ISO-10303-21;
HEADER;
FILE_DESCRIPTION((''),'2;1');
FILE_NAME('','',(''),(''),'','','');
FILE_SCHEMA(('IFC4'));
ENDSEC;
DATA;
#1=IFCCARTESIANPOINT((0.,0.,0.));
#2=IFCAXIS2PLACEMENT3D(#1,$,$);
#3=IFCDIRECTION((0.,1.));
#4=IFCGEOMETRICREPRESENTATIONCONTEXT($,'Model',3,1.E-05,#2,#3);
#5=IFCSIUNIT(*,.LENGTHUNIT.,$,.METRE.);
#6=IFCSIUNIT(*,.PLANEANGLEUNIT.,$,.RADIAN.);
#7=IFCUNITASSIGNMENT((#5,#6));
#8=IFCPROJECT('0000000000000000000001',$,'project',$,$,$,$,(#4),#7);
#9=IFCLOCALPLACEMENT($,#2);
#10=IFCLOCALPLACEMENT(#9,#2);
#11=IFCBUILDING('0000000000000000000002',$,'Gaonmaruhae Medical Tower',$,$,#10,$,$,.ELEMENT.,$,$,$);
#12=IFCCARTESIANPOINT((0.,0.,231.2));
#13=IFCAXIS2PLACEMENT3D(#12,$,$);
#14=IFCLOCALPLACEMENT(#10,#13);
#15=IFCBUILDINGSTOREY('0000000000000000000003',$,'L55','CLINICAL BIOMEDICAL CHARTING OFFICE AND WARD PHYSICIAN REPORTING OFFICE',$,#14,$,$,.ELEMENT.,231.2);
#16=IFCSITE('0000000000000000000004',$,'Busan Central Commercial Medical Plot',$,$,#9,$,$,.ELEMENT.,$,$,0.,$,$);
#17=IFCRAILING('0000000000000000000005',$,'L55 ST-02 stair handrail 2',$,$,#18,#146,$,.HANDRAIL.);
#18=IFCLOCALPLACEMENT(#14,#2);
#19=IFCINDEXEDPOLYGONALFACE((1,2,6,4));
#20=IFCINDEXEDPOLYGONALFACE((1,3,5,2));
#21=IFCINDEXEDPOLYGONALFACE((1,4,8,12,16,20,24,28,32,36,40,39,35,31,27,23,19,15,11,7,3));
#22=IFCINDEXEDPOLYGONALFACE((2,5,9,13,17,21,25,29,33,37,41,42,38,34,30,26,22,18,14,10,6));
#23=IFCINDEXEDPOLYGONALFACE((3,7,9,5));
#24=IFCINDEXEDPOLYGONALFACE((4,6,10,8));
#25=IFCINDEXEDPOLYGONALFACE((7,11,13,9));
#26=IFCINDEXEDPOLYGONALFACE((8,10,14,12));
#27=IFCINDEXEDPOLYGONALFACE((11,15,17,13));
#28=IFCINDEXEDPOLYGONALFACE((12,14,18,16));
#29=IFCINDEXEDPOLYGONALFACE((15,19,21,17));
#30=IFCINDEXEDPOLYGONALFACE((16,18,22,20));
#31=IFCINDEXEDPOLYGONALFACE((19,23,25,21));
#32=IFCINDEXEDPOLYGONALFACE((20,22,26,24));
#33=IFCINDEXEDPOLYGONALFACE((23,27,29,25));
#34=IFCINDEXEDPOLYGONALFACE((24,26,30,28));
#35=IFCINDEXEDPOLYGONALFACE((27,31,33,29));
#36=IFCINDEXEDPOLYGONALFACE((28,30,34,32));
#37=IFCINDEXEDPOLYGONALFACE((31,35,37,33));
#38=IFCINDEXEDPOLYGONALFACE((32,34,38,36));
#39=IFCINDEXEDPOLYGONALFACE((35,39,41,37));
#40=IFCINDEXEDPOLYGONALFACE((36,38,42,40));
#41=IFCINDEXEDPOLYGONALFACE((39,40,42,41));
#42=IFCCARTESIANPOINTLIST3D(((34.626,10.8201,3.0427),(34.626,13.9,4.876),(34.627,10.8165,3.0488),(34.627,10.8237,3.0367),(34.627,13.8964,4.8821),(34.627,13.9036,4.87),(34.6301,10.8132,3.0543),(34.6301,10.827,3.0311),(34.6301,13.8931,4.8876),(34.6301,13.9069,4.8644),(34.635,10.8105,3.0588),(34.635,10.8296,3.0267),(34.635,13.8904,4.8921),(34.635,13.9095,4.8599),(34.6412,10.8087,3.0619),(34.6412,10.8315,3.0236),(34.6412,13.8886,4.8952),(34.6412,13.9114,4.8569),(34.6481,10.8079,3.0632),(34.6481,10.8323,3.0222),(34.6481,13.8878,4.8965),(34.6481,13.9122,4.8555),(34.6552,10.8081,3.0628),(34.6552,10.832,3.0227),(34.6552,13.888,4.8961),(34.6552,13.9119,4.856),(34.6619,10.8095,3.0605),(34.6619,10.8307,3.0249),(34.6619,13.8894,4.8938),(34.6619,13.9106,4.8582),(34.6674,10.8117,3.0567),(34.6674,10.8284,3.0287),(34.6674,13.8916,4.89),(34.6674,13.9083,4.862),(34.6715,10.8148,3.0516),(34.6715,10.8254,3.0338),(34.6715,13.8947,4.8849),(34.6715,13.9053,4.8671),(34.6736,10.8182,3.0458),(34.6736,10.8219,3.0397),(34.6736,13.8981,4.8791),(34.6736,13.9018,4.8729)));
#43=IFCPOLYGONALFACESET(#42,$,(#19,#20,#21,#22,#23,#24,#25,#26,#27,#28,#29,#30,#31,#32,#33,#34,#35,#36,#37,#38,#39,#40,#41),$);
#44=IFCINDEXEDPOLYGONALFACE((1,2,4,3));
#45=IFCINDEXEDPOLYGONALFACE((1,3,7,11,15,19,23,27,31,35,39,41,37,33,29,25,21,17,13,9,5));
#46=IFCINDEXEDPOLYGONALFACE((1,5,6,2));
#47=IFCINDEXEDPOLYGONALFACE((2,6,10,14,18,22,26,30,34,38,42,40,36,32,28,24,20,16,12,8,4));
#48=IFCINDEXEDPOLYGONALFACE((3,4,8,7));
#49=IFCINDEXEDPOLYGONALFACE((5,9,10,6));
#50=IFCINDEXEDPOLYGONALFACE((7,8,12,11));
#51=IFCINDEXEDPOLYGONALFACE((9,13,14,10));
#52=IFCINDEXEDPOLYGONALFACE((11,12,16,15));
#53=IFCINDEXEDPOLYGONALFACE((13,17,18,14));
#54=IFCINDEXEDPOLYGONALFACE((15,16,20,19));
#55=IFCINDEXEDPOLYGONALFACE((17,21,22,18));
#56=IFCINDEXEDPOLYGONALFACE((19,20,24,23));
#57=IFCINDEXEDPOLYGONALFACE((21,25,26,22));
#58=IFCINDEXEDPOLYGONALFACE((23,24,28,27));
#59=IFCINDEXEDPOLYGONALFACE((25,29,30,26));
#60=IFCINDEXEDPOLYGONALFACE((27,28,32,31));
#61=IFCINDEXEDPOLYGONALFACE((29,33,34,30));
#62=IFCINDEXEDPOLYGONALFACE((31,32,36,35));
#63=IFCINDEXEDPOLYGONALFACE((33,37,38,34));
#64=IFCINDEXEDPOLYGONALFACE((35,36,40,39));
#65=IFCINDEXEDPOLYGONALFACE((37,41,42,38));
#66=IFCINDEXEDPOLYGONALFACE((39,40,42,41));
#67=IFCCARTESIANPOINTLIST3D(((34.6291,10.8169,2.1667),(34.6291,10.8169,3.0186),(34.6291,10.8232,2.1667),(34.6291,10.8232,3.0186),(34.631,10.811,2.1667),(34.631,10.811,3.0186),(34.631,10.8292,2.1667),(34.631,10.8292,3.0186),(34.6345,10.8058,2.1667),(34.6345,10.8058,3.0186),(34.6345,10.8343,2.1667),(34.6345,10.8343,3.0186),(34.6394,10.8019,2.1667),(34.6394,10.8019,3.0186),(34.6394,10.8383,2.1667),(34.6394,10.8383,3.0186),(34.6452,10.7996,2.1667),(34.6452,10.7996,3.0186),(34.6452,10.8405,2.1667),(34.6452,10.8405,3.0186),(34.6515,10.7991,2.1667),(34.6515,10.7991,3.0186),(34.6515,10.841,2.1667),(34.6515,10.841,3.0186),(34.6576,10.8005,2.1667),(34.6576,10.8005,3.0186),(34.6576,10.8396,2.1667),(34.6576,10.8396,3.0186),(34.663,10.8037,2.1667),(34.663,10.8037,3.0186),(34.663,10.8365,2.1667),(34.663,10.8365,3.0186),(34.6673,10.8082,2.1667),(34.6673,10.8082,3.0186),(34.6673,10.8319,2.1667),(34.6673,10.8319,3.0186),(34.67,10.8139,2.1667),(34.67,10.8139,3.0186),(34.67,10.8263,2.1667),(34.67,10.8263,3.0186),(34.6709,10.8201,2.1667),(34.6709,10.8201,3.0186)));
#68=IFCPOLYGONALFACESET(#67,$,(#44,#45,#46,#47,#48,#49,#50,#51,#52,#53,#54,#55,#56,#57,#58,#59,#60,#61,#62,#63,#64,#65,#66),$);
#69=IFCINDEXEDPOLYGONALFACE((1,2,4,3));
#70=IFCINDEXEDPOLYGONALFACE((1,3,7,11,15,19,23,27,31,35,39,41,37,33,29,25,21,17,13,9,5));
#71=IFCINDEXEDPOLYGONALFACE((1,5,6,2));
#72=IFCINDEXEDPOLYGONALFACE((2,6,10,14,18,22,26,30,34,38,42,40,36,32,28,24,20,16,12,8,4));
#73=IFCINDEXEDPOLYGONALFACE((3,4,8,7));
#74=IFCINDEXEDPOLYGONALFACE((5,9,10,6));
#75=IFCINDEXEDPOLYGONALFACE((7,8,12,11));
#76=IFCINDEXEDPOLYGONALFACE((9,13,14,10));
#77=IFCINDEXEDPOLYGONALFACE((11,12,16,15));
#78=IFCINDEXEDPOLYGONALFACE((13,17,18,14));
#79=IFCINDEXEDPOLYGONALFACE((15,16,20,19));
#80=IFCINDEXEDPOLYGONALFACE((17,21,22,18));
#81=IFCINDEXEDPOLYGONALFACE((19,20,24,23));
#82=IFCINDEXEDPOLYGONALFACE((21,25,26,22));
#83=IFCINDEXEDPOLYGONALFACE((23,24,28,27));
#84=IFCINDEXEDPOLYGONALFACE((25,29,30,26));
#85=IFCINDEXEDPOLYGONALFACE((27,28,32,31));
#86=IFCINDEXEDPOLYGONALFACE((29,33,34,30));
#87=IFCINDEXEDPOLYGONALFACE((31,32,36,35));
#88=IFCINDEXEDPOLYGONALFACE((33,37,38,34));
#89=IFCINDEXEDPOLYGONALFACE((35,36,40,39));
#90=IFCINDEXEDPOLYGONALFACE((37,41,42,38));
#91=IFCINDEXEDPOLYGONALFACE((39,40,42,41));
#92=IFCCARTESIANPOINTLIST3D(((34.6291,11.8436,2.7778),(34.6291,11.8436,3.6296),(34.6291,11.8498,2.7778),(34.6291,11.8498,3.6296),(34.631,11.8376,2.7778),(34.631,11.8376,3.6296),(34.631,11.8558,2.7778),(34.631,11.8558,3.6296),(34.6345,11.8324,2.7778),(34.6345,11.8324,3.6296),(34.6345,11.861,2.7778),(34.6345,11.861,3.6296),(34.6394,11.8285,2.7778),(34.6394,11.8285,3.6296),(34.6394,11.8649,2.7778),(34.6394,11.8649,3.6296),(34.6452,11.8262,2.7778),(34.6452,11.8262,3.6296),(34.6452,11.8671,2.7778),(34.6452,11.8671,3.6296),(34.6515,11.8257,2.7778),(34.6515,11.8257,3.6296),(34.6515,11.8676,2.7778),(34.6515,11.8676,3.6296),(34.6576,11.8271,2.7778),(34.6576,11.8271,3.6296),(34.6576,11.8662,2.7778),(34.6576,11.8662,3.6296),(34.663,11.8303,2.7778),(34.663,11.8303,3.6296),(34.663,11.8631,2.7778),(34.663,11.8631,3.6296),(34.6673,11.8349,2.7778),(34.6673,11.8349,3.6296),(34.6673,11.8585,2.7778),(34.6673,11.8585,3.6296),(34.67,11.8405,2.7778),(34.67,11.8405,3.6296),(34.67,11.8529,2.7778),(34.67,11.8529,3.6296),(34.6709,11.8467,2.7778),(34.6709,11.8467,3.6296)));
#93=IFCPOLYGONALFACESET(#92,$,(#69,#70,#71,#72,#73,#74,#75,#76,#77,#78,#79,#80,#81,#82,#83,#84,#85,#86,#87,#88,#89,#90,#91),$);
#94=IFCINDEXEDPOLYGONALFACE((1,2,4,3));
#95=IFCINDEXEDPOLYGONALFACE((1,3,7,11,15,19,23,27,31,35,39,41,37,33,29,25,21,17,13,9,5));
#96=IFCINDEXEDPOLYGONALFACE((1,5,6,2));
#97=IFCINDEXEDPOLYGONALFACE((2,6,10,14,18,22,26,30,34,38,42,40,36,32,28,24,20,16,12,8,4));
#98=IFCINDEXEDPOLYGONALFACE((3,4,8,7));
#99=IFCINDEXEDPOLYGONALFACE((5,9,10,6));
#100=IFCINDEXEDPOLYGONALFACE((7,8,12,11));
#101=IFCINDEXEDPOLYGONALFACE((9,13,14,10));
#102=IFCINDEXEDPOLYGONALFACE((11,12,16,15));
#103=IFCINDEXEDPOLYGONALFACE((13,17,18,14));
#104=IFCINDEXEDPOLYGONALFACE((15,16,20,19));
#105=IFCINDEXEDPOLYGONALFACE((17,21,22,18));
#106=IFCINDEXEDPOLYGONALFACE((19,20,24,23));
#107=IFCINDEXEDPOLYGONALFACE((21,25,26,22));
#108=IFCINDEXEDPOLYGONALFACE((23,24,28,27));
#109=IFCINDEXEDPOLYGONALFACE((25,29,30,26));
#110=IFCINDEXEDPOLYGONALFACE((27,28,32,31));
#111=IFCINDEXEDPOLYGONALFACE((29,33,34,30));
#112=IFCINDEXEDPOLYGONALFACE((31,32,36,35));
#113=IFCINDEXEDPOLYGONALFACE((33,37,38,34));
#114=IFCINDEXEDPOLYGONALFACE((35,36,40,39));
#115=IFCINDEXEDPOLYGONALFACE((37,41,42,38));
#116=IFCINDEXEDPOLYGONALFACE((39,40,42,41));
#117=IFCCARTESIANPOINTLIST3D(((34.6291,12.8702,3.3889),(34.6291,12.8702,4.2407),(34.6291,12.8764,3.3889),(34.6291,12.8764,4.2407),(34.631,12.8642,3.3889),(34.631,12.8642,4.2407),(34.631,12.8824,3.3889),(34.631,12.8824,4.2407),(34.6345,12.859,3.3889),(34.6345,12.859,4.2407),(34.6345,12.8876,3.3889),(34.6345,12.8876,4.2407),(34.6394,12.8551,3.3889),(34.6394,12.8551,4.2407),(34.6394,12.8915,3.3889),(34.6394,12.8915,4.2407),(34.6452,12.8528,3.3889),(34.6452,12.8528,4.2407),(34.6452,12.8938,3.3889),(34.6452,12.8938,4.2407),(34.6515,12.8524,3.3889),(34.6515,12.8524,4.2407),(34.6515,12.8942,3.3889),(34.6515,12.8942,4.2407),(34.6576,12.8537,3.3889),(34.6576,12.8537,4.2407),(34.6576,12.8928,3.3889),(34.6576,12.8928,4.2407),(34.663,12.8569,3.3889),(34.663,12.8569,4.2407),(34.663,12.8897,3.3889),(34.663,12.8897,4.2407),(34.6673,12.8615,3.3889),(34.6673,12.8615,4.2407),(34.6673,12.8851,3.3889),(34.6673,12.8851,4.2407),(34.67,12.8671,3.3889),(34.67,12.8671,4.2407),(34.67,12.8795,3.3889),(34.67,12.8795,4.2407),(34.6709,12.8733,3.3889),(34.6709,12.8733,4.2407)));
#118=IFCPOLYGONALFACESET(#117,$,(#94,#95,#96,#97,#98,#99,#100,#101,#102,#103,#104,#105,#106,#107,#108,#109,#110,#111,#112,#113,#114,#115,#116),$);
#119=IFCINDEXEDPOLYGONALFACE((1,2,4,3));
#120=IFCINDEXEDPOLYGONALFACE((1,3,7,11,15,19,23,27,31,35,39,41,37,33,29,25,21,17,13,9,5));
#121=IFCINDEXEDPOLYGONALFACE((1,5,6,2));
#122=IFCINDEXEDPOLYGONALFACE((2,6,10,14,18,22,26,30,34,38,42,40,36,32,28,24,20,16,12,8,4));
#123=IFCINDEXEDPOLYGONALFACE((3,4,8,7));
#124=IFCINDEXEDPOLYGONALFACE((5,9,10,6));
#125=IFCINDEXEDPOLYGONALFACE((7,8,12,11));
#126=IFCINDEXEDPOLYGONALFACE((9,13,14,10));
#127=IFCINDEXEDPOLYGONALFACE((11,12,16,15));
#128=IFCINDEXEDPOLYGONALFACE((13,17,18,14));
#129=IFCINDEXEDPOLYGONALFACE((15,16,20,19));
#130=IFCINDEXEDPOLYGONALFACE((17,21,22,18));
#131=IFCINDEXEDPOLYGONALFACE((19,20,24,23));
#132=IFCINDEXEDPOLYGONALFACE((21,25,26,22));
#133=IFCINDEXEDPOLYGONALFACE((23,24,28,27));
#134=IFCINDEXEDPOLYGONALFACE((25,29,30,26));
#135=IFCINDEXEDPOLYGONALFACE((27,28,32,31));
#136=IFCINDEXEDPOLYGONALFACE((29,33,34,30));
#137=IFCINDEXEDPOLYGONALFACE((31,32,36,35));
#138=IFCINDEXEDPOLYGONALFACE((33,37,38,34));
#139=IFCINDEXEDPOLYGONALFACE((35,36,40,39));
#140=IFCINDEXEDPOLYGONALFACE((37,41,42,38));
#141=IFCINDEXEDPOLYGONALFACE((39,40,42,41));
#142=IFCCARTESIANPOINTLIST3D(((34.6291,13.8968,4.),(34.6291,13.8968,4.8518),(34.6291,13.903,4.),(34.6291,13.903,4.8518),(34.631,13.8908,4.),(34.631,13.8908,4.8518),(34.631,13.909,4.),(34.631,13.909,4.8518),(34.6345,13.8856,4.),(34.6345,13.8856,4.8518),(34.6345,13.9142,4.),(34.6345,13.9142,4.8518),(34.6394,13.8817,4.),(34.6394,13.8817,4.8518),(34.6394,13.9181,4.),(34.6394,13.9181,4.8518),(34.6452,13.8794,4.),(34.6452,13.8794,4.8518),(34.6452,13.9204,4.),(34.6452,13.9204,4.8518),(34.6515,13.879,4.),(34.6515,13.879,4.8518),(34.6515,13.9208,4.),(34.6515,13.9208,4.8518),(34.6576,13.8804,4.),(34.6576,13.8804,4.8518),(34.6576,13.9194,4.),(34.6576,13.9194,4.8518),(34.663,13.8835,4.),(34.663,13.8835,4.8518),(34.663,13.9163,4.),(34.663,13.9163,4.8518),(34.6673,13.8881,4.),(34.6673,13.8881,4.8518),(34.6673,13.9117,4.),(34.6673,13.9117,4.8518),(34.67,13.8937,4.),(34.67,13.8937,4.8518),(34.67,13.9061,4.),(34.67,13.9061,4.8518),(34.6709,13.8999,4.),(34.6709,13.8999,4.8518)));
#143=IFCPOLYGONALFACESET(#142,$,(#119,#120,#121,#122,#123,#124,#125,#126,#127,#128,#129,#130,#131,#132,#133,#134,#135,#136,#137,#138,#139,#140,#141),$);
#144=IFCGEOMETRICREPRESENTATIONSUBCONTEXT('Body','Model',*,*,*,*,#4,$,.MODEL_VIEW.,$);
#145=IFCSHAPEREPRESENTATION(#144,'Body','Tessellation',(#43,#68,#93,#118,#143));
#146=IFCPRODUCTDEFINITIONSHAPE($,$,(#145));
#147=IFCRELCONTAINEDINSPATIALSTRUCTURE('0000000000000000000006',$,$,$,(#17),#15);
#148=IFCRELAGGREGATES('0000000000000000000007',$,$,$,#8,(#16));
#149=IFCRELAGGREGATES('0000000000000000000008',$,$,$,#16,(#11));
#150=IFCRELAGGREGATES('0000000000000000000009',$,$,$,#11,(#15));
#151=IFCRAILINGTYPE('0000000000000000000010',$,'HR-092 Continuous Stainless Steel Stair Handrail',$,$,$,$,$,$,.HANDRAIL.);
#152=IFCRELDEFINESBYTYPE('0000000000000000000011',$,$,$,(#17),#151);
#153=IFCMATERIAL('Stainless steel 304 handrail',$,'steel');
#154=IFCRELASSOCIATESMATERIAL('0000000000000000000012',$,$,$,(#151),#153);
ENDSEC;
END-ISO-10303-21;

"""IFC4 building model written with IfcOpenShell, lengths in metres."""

from ifc_helpers import new_model, si_unit, direction, frame, origin, origin_2d, place, context, subcontext, project, spatial, circle, extrude, material, type_object, element, save


model = new_model("IFC4")

# Units and contexts
model_context = context("Model", 3, precision=1e-05, world=origin(), true_north=direction((0.0, 1.0)))
body_context = subcontext(model_context, "Body", "Model", "MODEL_VIEW")
ifc_project = project(units=[si_unit("LENGTHUNIT", "METRE"), si_unit("PLANEANGLEUNIT", "RADIAN")], contexts=[model_context])

# Site, building, storey
site_placement = place(None, origin())
site = spatial("IfcSite", under=ifc_project, at=site_placement, Name="Busan Central Commercial Medical Plot", CompositionType="ELEMENT", RefElevation=0.0)
building_placement = place(site_placement, origin())
building = spatial("IfcBuilding", under=site, at=building_placement, Name="Gaonmaruhae Medical Tower", CompositionType="ELEMENT")
storey_placement = place(building_placement, frame((0.0, 0.0, 231.2)))
storey = spatial("IfcBuildingStorey", under=building, at=storey_placement, Name="L55", Description="CLINICAL BIOMEDICAL CHARTING OFFICE AND WARD PHYSICIAN REPORTING OFFICE", CompositionType="ELEMENT", Elevation=231.2)

# Railing
ifc_material_1 = material(Name="Stainless steel 304 handrail", Category="steel")
railing_type_1 = type_object("IfcRailingType", Name="HR-092 Continuous Stainless Steel Stair Handrail", PredefinedType="HANDRAIL", material=ifc_material_1)
railing_1_placement = place(storey_placement, frame((34.6499, 10.8201, 2.1667)))
element("IfcRailing", 1, at=railing_1_placement, inside=storey, type_object=railing_type_1, Name="L55 ST-02 stair handrail 2", PredefinedType="HANDRAIL", context=body_context, shape_type="SweptSolid", body=[
    extrude(circle(Radius=0.0239, at=origin_2d()), frame((0.0, 0.0, 0.876), z_axis=(0.0, 0.859291, 0.511487), x_axis=(-1.0, 0.0, 0.0)), (0.0, 0.0, 1.0), 3.5842),
    extrude(circle(Radius=0.021, at=origin_2d()), origin(), (0.0, 0.0, 1.0), 0.8518),
    extrude(circle(Radius=0.021, at=origin_2d()), frame((0.0, 1.0266, 0.6111)), (0.0, 0.0, 1.0), 0.8518),
    extrude(circle(Radius=0.021, at=origin_2d()), frame((0.0, 2.0532, 1.2222)), (0.0, 0.0, 1.0), 0.8518),
    extrude(circle(Radius=0.021, at=origin_2d()), frame((0.0, 3.0798, 1.8333)), (0.0, 0.0, 1.0), 0.8518),
])

save(model, "model.ifc")
